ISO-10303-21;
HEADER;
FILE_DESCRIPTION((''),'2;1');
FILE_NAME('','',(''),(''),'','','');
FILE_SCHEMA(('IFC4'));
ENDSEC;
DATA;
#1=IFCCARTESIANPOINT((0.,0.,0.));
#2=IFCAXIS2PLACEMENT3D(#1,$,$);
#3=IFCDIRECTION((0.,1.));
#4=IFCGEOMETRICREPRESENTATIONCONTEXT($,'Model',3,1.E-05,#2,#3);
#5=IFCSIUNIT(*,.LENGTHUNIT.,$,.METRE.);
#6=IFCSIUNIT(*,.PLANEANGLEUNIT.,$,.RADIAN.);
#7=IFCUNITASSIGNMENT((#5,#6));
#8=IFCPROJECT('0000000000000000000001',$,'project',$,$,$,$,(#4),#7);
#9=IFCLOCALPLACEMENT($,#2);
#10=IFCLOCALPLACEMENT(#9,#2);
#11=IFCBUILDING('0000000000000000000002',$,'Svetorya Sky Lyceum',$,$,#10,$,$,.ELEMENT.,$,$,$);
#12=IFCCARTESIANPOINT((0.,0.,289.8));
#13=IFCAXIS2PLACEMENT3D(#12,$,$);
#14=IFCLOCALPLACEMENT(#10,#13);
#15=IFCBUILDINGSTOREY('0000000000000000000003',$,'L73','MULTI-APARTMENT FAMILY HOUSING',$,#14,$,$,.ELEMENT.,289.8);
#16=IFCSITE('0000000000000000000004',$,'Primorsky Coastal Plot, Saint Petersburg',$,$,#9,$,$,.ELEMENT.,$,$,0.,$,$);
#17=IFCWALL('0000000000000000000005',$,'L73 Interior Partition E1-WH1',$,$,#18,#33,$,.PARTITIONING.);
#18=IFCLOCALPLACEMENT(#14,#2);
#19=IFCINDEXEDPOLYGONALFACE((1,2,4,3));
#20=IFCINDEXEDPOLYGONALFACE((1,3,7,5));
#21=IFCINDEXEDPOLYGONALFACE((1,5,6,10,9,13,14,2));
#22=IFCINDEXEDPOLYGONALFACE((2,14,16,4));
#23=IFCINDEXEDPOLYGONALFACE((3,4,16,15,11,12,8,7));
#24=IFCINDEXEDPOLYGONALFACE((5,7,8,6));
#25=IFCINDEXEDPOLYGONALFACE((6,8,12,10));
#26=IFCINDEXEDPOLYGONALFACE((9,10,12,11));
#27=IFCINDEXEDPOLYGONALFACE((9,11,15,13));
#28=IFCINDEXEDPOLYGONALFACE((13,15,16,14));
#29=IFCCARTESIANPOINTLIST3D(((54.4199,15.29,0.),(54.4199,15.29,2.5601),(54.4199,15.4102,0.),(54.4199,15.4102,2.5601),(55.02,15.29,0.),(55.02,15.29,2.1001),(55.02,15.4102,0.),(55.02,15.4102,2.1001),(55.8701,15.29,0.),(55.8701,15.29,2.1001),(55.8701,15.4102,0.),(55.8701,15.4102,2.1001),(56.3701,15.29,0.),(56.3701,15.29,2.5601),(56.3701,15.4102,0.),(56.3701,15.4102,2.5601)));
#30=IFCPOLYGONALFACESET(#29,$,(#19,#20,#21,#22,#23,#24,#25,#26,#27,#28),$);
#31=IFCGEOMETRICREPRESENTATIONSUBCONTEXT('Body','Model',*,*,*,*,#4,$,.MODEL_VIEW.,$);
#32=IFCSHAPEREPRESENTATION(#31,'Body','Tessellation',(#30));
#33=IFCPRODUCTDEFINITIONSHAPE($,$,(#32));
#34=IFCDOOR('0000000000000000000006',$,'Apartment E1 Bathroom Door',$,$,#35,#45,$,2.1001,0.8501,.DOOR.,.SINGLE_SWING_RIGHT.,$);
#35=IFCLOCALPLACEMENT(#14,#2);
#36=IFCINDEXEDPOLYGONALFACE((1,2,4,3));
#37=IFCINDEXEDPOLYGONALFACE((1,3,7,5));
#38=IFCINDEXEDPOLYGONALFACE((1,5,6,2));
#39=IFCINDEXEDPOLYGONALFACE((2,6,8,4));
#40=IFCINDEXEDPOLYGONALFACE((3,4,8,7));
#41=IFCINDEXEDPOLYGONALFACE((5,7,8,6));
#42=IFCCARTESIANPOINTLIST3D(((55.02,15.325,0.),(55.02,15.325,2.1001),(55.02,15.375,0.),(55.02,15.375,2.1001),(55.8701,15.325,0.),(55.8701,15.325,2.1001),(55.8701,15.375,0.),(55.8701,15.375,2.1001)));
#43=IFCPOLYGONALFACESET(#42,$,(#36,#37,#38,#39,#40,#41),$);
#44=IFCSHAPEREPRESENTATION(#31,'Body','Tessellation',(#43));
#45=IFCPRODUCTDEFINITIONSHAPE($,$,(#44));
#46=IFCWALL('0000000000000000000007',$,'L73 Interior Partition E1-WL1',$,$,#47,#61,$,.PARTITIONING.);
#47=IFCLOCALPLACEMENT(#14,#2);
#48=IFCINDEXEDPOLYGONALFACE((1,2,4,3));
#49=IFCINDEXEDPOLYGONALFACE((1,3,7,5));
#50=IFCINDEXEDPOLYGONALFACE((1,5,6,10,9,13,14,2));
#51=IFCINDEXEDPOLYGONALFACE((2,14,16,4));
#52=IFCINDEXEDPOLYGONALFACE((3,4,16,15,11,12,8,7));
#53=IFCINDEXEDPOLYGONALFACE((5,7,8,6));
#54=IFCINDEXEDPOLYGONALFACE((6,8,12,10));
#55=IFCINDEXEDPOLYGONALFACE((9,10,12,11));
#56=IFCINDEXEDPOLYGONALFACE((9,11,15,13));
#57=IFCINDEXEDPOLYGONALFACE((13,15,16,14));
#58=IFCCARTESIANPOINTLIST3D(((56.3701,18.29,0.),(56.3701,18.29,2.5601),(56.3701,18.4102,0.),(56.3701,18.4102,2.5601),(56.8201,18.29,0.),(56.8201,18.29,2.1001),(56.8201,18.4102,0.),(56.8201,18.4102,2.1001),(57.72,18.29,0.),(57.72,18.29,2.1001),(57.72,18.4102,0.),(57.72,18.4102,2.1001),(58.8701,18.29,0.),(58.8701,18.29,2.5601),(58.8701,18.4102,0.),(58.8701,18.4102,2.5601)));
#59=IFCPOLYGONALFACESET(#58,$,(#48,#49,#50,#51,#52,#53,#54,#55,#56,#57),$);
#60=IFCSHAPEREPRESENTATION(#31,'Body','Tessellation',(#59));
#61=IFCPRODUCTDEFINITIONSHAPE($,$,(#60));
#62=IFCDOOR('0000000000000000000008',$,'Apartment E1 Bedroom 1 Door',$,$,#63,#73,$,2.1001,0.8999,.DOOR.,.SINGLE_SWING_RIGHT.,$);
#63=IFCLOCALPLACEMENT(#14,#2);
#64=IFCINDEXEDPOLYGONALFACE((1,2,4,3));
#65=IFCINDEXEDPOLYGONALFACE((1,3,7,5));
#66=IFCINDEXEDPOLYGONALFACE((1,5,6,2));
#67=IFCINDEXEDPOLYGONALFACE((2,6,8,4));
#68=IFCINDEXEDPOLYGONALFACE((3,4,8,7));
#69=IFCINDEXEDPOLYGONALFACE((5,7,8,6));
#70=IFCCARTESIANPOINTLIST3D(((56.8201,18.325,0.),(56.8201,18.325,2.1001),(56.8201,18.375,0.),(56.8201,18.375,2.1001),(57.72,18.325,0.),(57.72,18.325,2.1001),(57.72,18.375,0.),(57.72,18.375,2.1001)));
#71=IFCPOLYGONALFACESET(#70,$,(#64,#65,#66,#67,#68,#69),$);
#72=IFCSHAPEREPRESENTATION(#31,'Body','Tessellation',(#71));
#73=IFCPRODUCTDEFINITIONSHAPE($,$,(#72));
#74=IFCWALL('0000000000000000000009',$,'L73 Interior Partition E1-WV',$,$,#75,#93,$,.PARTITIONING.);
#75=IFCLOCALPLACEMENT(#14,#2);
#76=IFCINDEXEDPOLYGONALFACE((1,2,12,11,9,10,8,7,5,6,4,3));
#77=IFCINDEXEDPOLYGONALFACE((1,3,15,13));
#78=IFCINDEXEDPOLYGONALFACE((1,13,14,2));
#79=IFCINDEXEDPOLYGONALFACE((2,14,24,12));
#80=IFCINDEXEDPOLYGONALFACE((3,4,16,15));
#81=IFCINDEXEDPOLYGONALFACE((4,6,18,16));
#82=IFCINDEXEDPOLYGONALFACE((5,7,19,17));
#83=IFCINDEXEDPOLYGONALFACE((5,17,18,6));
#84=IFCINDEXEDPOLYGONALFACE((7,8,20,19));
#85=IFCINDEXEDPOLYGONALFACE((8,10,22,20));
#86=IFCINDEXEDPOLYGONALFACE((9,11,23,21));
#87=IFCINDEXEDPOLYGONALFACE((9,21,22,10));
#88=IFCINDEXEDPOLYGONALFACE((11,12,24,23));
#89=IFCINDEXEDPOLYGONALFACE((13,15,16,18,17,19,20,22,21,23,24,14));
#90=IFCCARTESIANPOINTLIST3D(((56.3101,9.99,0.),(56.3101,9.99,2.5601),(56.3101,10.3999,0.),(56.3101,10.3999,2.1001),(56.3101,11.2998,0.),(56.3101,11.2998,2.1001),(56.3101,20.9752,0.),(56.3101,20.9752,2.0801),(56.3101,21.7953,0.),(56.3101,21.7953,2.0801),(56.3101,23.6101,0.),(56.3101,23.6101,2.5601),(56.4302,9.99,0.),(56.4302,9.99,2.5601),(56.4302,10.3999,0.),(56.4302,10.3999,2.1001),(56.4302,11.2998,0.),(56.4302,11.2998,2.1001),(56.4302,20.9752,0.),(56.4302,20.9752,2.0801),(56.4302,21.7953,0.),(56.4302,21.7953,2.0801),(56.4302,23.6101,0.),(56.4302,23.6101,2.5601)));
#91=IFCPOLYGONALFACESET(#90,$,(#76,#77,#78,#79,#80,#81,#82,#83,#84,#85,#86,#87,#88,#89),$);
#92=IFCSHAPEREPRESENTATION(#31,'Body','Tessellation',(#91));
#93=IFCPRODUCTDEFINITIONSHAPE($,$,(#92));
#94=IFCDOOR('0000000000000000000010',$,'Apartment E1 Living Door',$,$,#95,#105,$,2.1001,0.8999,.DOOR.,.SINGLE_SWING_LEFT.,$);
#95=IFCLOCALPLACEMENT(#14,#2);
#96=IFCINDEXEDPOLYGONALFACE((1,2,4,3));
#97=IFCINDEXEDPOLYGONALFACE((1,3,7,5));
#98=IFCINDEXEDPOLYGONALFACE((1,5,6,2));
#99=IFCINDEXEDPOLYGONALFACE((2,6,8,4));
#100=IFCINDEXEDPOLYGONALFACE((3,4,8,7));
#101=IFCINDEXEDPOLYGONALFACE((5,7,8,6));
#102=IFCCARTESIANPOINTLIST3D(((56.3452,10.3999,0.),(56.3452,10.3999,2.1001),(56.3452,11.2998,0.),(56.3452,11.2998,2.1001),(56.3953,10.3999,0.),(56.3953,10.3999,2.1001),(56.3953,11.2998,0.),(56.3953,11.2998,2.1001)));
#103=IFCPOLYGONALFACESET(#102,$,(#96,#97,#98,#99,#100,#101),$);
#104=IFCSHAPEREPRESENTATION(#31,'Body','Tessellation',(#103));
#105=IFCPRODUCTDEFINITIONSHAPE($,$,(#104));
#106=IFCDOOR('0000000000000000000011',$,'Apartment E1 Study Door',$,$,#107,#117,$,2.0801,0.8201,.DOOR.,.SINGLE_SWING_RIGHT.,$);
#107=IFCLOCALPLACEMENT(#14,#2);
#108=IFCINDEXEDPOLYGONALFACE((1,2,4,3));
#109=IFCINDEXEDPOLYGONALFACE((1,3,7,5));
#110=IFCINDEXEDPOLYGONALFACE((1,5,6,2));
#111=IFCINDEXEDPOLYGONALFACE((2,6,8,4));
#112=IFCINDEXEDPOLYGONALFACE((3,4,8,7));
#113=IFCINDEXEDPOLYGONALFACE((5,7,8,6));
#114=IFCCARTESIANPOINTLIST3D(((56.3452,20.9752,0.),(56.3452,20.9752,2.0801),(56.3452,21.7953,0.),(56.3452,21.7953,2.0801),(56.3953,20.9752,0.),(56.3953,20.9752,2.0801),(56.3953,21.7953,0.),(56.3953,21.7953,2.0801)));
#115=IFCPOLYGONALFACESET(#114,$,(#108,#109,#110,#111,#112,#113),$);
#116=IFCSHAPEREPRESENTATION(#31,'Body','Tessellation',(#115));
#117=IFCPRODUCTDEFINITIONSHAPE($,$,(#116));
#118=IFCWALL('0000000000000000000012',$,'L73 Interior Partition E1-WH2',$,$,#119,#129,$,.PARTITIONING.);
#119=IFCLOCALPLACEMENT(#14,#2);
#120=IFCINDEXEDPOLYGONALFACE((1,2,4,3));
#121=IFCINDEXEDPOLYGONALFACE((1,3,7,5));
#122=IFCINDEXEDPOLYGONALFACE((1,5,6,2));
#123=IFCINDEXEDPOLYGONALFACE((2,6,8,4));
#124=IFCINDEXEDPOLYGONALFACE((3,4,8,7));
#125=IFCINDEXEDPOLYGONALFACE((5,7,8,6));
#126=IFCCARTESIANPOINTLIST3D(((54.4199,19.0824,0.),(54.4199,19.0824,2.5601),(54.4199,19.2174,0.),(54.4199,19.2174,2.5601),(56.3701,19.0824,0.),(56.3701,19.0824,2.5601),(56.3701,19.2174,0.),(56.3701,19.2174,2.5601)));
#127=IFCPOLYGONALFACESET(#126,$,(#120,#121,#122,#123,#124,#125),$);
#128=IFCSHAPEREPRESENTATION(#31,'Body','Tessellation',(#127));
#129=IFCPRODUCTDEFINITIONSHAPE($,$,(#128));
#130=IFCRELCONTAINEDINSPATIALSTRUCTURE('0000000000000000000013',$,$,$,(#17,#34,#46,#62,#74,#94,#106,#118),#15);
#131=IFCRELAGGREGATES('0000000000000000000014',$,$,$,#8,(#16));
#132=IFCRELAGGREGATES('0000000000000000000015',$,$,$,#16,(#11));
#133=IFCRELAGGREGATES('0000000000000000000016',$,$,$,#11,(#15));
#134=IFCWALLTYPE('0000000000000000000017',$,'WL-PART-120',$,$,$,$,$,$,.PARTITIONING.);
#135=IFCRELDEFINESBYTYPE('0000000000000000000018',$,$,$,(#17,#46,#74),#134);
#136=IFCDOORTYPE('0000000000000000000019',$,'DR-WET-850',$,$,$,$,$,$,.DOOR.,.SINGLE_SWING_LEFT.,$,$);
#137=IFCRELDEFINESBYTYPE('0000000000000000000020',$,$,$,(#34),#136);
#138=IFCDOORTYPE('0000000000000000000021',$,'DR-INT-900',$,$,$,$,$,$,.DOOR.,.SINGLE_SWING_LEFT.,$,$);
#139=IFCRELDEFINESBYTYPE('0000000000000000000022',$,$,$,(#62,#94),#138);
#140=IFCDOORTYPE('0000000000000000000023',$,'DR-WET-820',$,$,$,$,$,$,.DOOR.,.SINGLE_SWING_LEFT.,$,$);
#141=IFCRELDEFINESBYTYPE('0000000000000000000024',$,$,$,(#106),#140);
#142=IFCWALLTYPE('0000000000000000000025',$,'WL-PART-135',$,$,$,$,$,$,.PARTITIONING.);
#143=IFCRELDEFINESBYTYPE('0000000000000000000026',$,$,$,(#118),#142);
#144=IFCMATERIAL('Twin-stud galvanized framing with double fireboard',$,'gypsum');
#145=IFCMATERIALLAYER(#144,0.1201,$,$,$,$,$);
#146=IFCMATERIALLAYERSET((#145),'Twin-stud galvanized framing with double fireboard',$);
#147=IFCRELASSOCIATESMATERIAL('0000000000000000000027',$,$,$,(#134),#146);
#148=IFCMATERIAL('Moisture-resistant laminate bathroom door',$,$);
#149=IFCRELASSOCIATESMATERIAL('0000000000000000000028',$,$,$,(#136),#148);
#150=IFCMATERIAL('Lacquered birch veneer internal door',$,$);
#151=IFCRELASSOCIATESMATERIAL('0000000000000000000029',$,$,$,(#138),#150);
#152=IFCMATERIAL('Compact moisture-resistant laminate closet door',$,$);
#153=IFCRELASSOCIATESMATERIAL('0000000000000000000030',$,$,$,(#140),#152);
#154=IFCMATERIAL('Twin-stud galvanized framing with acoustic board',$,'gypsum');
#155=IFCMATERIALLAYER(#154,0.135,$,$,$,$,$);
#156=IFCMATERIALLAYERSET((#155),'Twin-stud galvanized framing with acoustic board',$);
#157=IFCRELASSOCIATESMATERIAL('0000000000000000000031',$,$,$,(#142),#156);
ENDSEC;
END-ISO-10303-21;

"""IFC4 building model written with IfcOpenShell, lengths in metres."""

from ifc_helpers import new_model, si_unit, direction, frame, frame_2d, origin, place, context, subcontext, project, spatial, rectangle, extrude, material, layer, layer_set, type_object, element, fill, save


model = new_model("IFC4")

# Units and contexts
model_context = context("Model", 3, precision=1e-05, world=origin(), true_north=direction((0.0, 1.0)))
body_context = subcontext(model_context, "Body", "Model", "MODEL_VIEW")
ifc_project = project(units=[si_unit("LENGTHUNIT", "METRE"), si_unit("PLANEANGLEUNIT", "RADIAN")], contexts=[model_context])

# Site, building, storey
site_placement = place(None, origin())
site = spatial("IfcSite", under=ifc_project, at=site_placement, Name="Primorsky Coastal Plot, Saint Petersburg", CompositionType="ELEMENT", RefElevation=0.0)
building_placement = place(site_placement, origin())
building = spatial("IfcBuilding", under=site, at=building_placement, Name="Svetorya Sky Lyceum", CompositionType="ELEMENT")
storey_placement = place(building_placement, frame((0.0, 0.0, 289.8)))
storey = spatial("IfcBuildingStorey", under=building, at=storey_placement, Name="L73", Description="MULTI-APARTMENT FAMILY HOUSING", CompositionType="ELEMENT", Elevation=289.8)

# Walls, openings, doors
ifc_material_1 = material(Name="Twin-stud galvanized framing with double fireboard", Category="gypsum")
ifc_layer_1 = layer(ifc_material_1, 0.1201)
ifc_layer_set_1 = layer_set([ifc_layer_1], Name="Twin-stud galvanized framing with double fireboard")
wall_type_1 = type_object("IfcWallType", Name="WL-PART-120", PredefinedType="PARTITIONING", material=ifc_layer_set_1)
wall_1_placement = place(storey_placement, frame((54.4199, 15.3501, 0.0), z_axis=(0.0, 0.0, 1.0), x_axis=(1.0, 0.0, 0.0)))
wall_1 = element("IfcWall", 1, at=wall_1_placement, inside=storey, type_object=wall_type_1, Name="L73 Interior Partition E1-WH1", PredefinedType="PARTITIONING", context=body_context, shape_type="SweptSolid", body=[
    extrude(rectangle(XDim=1.9502, YDim=0.1201, at=frame_2d((0.9751, 0.0))), origin(), (0.0, 0.0, 1.0), 2.5601),
])
opening_1_placement = place(wall_1_placement, frame((0.6001, 0.0, 0.0)))
opening_1 = element("IfcOpeningElement", 2, at=opening_1_placement, cuts=wall_1, PredefinedType="OPENING", context=body_context, shape_type="SweptSolid", body=[
    extrude(rectangle(XDim=0.8501, YDim=2.1001, at=frame_2d((0.425, 1.05))), frame((0.0, 0.0701, 0.0), z_axis=(0.0, -1.0, 0.0), x_axis=(1.0, 0.0, 0.0)), (0.0, 0.0, 1.0), 0.1401),
])
ifc_material_2 = material(Name="Moisture-resistant laminate bathroom door")
door_type_1 = type_object("IfcDoorType", Name="DR-WET-850", OperationType="SINGLE_SWING_LEFT", PredefinedType="DOOR", material=ifc_material_2)
door_1_placement = place(opening_1_placement, origin())
door_1 = element("IfcDoor", 3, at=door_1_placement, inside=storey, type_object=door_type_1, Name="Apartment E1 Bathroom Door", OperationType="SINGLE_SWING_RIGHT", OverallHeight=2.1001, OverallWidth=0.8501, PredefinedType="DOOR", context=body_context, shape_type="SweptSolid", body=[
    extrude(rectangle(XDim=0.8501, YDim=2.1001, at=frame_2d((0.425, 1.05))), frame((0.0, 0.0249, 0.0), z_axis=(0.0, -1.0, 0.0), x_axis=(1.0, 0.0, 0.0)), (0.0, 0.0, 1.0), 0.05),
])
fill(opening_1, door_1)
wall_2_placement = place(storey_placement, frame((56.3701, 18.3501, 0.0), z_axis=(0.0, 0.0, 1.0), x_axis=(1.0, 0.0, 0.0)))
wall_2 = element("IfcWall", 4, at=wall_2_placement, inside=storey, type_object=wall_type_1, Name="L73 Interior Partition E1-WL1", PredefinedType="PARTITIONING", context=body_context, shape_type="SweptSolid", body=[
    extrude(rectangle(XDim=2.5, YDim=0.1201, at=frame_2d((1.25, 0.0))), origin(), (0.0, 0.0, 1.0), 2.5601),
])
opening_2_placement = place(wall_2_placement, frame((0.45, 0.0, 0.0)))
opening_2 = element("IfcOpeningElement", 5, at=opening_2_placement, cuts=wall_2, PredefinedType="OPENING", context=body_context, shape_type="SweptSolid", body=[
    extrude(rectangle(XDim=0.8999, YDim=2.1001, at=frame_2d((0.45, 1.05))), frame((0.0, 0.0701, 0.0), z_axis=(0.0, -1.0, 0.0), x_axis=(1.0, 0.0, 0.0)), (0.0, 0.0, 1.0), 0.1401),
])
ifc_material_3 = material(Name="Lacquered birch veneer internal door")
door_type_2 = type_object("IfcDoorType", Name="DR-INT-900", OperationType="SINGLE_SWING_LEFT", PredefinedType="DOOR", material=ifc_material_3)
door_2_placement = place(opening_2_placement, origin())
door_2 = element("IfcDoor", 6, at=door_2_placement, inside=storey, type_object=door_type_2, Name="Apartment E1 Bedroom 1 Door", OperationType="SINGLE_SWING_RIGHT", OverallHeight=2.1001, OverallWidth=0.8999, PredefinedType="DOOR", context=body_context, shape_type="SweptSolid", body=[
    extrude(rectangle(XDim=0.8999, YDim=2.1001, at=frame_2d((0.45, 1.05))), frame((0.0, 0.0249, 0.0), z_axis=(0.0, -1.0, 0.0), x_axis=(1.0, 0.0, 0.0)), (0.0, 0.0, 1.0), 0.05),
])
fill(opening_2, door_2)

# Wall, openings, doors
wall_3_placement = place(storey_placement, frame((56.3701, 9.99, 0.0), z_axis=(0.0, 0.0, 1.0), x_axis=(0.0, 1.0, 0.0)))
wall_3 = element("IfcWall", 7, at=wall_3_placement, inside=storey, type_object=wall_type_1, Name="L73 Interior Partition E1-WV", PredefinedType="PARTITIONING", context=body_context, shape_type="SweptSolid", body=[
    extrude(rectangle(XDim=13.6201, YDim=0.1201, at=frame_2d((6.8101, 0.0))), origin(), (0.0, 0.0, 1.0), 2.5601),
])
opening_3_placement = place(wall_3_placement, frame((0.4099, 0.0, 0.0)))
opening_3 = element("IfcOpeningElement", 8, at=opening_3_placement, cuts=wall_3, PredefinedType="OPENING", context=body_context, shape_type="SweptSolid", body=[
    extrude(rectangle(XDim=0.8999, YDim=2.1001, at=frame_2d((0.45, 1.05))), frame((0.0, 0.0701, 0.0), z_axis=(0.0, -1.0, 0.0), x_axis=(1.0, 0.0, 0.0)), (0.0, 0.0, 1.0), 0.1401),
])
opening_4_placement = place(wall_3_placement, frame((10.9851, 0.0, 0.0)))
opening_4 = element("IfcOpeningElement", 9, at=opening_4_placement, cuts=wall_3, PredefinedType="OPENING", context=body_context, shape_type="SweptSolid", body=[
    extrude(rectangle(XDim=0.8201, YDim=2.0801, at=frame_2d((0.4102, 1.04))), frame((0.0, 0.0701, 0.0), z_axis=(0.0, -1.0, 0.0), x_axis=(1.0, 0.0, 0.0)), (0.0, 0.0, 1.0), 0.1401),
])
door_3_placement = place(opening_3_placement, origin())
door_3 = element("IfcDoor", 10, at=door_3_placement, inside=storey, type_object=door_type_2, Name="Apartment E1 Living Door", OperationType="SINGLE_SWING_LEFT", OverallHeight=2.1001, OverallWidth=0.8999, PredefinedType="DOOR", context=body_context, shape_type="SweptSolid", body=[
    extrude(rectangle(XDim=0.8999, YDim=2.1001, at=frame_2d((0.45, 1.05))), frame((0.0, 0.0249, 0.0), z_axis=(0.0, -1.0, 0.0), x_axis=(1.0, 0.0, 0.0)), (0.0, 0.0, 1.0), 0.05),
])
fill(opening_3, door_3)
ifc_material_4 = material(Name="Compact moisture-resistant laminate closet door")
door_type_3 = type_object("IfcDoorType", Name="DR-WET-820", OperationType="SINGLE_SWING_LEFT", PredefinedType="DOOR", material=ifc_material_4)
door_4_placement = place(opening_4_placement, origin())
door_4 = element("IfcDoor", 11, at=door_4_placement, inside=storey, type_object=door_type_3, Name="Apartment E1 Study Door", OperationType="SINGLE_SWING_RIGHT", OverallHeight=2.0801, OverallWidth=0.8201, PredefinedType="DOOR", context=body_context, shape_type="SweptSolid", body=[
    extrude(rectangle(XDim=0.8201, YDim=2.0801, at=frame_2d((0.4102, 1.04))), frame((0.0, 0.0249, 0.0), z_axis=(0.0, -1.0, 0.0), x_axis=(1.0, 0.0, 0.0)), (0.0, 0.0, 1.0), 0.05),
])
fill(opening_4, door_4)

# Wall
ifc_material_5 = material(Name="Twin-stud galvanized framing with acoustic board", Category="gypsum")
ifc_layer_2 = layer(ifc_material_5, 0.135)
ifc_layer_set_2 = layer_set([ifc_layer_2], Name="Twin-stud galvanized framing with acoustic board")
wall_type_2 = type_object("IfcWallType", Name="WL-PART-135", PredefinedType="PARTITIONING", material=ifc_layer_set_2)
wall_4_placement = place(storey_placement, frame((54.4199, 19.1499, 0.0), z_axis=(0.0, 0.0, 1.0), x_axis=(1.0, 0.0, 0.0)))
element("IfcWall", 12, at=wall_4_placement, inside=storey, type_object=wall_type_2, Name="L73 Interior Partition E1-WH2", PredefinedType="PARTITIONING", context=body_context, shape_type="SweptSolid", body=[
    extrude(rectangle(XDim=1.9502, YDim=0.135, at=frame_2d((0.9751, 0.0))), origin(), (0.0, 0.0, 1.0), 2.5601),
])

save(model, "model.ifc")
